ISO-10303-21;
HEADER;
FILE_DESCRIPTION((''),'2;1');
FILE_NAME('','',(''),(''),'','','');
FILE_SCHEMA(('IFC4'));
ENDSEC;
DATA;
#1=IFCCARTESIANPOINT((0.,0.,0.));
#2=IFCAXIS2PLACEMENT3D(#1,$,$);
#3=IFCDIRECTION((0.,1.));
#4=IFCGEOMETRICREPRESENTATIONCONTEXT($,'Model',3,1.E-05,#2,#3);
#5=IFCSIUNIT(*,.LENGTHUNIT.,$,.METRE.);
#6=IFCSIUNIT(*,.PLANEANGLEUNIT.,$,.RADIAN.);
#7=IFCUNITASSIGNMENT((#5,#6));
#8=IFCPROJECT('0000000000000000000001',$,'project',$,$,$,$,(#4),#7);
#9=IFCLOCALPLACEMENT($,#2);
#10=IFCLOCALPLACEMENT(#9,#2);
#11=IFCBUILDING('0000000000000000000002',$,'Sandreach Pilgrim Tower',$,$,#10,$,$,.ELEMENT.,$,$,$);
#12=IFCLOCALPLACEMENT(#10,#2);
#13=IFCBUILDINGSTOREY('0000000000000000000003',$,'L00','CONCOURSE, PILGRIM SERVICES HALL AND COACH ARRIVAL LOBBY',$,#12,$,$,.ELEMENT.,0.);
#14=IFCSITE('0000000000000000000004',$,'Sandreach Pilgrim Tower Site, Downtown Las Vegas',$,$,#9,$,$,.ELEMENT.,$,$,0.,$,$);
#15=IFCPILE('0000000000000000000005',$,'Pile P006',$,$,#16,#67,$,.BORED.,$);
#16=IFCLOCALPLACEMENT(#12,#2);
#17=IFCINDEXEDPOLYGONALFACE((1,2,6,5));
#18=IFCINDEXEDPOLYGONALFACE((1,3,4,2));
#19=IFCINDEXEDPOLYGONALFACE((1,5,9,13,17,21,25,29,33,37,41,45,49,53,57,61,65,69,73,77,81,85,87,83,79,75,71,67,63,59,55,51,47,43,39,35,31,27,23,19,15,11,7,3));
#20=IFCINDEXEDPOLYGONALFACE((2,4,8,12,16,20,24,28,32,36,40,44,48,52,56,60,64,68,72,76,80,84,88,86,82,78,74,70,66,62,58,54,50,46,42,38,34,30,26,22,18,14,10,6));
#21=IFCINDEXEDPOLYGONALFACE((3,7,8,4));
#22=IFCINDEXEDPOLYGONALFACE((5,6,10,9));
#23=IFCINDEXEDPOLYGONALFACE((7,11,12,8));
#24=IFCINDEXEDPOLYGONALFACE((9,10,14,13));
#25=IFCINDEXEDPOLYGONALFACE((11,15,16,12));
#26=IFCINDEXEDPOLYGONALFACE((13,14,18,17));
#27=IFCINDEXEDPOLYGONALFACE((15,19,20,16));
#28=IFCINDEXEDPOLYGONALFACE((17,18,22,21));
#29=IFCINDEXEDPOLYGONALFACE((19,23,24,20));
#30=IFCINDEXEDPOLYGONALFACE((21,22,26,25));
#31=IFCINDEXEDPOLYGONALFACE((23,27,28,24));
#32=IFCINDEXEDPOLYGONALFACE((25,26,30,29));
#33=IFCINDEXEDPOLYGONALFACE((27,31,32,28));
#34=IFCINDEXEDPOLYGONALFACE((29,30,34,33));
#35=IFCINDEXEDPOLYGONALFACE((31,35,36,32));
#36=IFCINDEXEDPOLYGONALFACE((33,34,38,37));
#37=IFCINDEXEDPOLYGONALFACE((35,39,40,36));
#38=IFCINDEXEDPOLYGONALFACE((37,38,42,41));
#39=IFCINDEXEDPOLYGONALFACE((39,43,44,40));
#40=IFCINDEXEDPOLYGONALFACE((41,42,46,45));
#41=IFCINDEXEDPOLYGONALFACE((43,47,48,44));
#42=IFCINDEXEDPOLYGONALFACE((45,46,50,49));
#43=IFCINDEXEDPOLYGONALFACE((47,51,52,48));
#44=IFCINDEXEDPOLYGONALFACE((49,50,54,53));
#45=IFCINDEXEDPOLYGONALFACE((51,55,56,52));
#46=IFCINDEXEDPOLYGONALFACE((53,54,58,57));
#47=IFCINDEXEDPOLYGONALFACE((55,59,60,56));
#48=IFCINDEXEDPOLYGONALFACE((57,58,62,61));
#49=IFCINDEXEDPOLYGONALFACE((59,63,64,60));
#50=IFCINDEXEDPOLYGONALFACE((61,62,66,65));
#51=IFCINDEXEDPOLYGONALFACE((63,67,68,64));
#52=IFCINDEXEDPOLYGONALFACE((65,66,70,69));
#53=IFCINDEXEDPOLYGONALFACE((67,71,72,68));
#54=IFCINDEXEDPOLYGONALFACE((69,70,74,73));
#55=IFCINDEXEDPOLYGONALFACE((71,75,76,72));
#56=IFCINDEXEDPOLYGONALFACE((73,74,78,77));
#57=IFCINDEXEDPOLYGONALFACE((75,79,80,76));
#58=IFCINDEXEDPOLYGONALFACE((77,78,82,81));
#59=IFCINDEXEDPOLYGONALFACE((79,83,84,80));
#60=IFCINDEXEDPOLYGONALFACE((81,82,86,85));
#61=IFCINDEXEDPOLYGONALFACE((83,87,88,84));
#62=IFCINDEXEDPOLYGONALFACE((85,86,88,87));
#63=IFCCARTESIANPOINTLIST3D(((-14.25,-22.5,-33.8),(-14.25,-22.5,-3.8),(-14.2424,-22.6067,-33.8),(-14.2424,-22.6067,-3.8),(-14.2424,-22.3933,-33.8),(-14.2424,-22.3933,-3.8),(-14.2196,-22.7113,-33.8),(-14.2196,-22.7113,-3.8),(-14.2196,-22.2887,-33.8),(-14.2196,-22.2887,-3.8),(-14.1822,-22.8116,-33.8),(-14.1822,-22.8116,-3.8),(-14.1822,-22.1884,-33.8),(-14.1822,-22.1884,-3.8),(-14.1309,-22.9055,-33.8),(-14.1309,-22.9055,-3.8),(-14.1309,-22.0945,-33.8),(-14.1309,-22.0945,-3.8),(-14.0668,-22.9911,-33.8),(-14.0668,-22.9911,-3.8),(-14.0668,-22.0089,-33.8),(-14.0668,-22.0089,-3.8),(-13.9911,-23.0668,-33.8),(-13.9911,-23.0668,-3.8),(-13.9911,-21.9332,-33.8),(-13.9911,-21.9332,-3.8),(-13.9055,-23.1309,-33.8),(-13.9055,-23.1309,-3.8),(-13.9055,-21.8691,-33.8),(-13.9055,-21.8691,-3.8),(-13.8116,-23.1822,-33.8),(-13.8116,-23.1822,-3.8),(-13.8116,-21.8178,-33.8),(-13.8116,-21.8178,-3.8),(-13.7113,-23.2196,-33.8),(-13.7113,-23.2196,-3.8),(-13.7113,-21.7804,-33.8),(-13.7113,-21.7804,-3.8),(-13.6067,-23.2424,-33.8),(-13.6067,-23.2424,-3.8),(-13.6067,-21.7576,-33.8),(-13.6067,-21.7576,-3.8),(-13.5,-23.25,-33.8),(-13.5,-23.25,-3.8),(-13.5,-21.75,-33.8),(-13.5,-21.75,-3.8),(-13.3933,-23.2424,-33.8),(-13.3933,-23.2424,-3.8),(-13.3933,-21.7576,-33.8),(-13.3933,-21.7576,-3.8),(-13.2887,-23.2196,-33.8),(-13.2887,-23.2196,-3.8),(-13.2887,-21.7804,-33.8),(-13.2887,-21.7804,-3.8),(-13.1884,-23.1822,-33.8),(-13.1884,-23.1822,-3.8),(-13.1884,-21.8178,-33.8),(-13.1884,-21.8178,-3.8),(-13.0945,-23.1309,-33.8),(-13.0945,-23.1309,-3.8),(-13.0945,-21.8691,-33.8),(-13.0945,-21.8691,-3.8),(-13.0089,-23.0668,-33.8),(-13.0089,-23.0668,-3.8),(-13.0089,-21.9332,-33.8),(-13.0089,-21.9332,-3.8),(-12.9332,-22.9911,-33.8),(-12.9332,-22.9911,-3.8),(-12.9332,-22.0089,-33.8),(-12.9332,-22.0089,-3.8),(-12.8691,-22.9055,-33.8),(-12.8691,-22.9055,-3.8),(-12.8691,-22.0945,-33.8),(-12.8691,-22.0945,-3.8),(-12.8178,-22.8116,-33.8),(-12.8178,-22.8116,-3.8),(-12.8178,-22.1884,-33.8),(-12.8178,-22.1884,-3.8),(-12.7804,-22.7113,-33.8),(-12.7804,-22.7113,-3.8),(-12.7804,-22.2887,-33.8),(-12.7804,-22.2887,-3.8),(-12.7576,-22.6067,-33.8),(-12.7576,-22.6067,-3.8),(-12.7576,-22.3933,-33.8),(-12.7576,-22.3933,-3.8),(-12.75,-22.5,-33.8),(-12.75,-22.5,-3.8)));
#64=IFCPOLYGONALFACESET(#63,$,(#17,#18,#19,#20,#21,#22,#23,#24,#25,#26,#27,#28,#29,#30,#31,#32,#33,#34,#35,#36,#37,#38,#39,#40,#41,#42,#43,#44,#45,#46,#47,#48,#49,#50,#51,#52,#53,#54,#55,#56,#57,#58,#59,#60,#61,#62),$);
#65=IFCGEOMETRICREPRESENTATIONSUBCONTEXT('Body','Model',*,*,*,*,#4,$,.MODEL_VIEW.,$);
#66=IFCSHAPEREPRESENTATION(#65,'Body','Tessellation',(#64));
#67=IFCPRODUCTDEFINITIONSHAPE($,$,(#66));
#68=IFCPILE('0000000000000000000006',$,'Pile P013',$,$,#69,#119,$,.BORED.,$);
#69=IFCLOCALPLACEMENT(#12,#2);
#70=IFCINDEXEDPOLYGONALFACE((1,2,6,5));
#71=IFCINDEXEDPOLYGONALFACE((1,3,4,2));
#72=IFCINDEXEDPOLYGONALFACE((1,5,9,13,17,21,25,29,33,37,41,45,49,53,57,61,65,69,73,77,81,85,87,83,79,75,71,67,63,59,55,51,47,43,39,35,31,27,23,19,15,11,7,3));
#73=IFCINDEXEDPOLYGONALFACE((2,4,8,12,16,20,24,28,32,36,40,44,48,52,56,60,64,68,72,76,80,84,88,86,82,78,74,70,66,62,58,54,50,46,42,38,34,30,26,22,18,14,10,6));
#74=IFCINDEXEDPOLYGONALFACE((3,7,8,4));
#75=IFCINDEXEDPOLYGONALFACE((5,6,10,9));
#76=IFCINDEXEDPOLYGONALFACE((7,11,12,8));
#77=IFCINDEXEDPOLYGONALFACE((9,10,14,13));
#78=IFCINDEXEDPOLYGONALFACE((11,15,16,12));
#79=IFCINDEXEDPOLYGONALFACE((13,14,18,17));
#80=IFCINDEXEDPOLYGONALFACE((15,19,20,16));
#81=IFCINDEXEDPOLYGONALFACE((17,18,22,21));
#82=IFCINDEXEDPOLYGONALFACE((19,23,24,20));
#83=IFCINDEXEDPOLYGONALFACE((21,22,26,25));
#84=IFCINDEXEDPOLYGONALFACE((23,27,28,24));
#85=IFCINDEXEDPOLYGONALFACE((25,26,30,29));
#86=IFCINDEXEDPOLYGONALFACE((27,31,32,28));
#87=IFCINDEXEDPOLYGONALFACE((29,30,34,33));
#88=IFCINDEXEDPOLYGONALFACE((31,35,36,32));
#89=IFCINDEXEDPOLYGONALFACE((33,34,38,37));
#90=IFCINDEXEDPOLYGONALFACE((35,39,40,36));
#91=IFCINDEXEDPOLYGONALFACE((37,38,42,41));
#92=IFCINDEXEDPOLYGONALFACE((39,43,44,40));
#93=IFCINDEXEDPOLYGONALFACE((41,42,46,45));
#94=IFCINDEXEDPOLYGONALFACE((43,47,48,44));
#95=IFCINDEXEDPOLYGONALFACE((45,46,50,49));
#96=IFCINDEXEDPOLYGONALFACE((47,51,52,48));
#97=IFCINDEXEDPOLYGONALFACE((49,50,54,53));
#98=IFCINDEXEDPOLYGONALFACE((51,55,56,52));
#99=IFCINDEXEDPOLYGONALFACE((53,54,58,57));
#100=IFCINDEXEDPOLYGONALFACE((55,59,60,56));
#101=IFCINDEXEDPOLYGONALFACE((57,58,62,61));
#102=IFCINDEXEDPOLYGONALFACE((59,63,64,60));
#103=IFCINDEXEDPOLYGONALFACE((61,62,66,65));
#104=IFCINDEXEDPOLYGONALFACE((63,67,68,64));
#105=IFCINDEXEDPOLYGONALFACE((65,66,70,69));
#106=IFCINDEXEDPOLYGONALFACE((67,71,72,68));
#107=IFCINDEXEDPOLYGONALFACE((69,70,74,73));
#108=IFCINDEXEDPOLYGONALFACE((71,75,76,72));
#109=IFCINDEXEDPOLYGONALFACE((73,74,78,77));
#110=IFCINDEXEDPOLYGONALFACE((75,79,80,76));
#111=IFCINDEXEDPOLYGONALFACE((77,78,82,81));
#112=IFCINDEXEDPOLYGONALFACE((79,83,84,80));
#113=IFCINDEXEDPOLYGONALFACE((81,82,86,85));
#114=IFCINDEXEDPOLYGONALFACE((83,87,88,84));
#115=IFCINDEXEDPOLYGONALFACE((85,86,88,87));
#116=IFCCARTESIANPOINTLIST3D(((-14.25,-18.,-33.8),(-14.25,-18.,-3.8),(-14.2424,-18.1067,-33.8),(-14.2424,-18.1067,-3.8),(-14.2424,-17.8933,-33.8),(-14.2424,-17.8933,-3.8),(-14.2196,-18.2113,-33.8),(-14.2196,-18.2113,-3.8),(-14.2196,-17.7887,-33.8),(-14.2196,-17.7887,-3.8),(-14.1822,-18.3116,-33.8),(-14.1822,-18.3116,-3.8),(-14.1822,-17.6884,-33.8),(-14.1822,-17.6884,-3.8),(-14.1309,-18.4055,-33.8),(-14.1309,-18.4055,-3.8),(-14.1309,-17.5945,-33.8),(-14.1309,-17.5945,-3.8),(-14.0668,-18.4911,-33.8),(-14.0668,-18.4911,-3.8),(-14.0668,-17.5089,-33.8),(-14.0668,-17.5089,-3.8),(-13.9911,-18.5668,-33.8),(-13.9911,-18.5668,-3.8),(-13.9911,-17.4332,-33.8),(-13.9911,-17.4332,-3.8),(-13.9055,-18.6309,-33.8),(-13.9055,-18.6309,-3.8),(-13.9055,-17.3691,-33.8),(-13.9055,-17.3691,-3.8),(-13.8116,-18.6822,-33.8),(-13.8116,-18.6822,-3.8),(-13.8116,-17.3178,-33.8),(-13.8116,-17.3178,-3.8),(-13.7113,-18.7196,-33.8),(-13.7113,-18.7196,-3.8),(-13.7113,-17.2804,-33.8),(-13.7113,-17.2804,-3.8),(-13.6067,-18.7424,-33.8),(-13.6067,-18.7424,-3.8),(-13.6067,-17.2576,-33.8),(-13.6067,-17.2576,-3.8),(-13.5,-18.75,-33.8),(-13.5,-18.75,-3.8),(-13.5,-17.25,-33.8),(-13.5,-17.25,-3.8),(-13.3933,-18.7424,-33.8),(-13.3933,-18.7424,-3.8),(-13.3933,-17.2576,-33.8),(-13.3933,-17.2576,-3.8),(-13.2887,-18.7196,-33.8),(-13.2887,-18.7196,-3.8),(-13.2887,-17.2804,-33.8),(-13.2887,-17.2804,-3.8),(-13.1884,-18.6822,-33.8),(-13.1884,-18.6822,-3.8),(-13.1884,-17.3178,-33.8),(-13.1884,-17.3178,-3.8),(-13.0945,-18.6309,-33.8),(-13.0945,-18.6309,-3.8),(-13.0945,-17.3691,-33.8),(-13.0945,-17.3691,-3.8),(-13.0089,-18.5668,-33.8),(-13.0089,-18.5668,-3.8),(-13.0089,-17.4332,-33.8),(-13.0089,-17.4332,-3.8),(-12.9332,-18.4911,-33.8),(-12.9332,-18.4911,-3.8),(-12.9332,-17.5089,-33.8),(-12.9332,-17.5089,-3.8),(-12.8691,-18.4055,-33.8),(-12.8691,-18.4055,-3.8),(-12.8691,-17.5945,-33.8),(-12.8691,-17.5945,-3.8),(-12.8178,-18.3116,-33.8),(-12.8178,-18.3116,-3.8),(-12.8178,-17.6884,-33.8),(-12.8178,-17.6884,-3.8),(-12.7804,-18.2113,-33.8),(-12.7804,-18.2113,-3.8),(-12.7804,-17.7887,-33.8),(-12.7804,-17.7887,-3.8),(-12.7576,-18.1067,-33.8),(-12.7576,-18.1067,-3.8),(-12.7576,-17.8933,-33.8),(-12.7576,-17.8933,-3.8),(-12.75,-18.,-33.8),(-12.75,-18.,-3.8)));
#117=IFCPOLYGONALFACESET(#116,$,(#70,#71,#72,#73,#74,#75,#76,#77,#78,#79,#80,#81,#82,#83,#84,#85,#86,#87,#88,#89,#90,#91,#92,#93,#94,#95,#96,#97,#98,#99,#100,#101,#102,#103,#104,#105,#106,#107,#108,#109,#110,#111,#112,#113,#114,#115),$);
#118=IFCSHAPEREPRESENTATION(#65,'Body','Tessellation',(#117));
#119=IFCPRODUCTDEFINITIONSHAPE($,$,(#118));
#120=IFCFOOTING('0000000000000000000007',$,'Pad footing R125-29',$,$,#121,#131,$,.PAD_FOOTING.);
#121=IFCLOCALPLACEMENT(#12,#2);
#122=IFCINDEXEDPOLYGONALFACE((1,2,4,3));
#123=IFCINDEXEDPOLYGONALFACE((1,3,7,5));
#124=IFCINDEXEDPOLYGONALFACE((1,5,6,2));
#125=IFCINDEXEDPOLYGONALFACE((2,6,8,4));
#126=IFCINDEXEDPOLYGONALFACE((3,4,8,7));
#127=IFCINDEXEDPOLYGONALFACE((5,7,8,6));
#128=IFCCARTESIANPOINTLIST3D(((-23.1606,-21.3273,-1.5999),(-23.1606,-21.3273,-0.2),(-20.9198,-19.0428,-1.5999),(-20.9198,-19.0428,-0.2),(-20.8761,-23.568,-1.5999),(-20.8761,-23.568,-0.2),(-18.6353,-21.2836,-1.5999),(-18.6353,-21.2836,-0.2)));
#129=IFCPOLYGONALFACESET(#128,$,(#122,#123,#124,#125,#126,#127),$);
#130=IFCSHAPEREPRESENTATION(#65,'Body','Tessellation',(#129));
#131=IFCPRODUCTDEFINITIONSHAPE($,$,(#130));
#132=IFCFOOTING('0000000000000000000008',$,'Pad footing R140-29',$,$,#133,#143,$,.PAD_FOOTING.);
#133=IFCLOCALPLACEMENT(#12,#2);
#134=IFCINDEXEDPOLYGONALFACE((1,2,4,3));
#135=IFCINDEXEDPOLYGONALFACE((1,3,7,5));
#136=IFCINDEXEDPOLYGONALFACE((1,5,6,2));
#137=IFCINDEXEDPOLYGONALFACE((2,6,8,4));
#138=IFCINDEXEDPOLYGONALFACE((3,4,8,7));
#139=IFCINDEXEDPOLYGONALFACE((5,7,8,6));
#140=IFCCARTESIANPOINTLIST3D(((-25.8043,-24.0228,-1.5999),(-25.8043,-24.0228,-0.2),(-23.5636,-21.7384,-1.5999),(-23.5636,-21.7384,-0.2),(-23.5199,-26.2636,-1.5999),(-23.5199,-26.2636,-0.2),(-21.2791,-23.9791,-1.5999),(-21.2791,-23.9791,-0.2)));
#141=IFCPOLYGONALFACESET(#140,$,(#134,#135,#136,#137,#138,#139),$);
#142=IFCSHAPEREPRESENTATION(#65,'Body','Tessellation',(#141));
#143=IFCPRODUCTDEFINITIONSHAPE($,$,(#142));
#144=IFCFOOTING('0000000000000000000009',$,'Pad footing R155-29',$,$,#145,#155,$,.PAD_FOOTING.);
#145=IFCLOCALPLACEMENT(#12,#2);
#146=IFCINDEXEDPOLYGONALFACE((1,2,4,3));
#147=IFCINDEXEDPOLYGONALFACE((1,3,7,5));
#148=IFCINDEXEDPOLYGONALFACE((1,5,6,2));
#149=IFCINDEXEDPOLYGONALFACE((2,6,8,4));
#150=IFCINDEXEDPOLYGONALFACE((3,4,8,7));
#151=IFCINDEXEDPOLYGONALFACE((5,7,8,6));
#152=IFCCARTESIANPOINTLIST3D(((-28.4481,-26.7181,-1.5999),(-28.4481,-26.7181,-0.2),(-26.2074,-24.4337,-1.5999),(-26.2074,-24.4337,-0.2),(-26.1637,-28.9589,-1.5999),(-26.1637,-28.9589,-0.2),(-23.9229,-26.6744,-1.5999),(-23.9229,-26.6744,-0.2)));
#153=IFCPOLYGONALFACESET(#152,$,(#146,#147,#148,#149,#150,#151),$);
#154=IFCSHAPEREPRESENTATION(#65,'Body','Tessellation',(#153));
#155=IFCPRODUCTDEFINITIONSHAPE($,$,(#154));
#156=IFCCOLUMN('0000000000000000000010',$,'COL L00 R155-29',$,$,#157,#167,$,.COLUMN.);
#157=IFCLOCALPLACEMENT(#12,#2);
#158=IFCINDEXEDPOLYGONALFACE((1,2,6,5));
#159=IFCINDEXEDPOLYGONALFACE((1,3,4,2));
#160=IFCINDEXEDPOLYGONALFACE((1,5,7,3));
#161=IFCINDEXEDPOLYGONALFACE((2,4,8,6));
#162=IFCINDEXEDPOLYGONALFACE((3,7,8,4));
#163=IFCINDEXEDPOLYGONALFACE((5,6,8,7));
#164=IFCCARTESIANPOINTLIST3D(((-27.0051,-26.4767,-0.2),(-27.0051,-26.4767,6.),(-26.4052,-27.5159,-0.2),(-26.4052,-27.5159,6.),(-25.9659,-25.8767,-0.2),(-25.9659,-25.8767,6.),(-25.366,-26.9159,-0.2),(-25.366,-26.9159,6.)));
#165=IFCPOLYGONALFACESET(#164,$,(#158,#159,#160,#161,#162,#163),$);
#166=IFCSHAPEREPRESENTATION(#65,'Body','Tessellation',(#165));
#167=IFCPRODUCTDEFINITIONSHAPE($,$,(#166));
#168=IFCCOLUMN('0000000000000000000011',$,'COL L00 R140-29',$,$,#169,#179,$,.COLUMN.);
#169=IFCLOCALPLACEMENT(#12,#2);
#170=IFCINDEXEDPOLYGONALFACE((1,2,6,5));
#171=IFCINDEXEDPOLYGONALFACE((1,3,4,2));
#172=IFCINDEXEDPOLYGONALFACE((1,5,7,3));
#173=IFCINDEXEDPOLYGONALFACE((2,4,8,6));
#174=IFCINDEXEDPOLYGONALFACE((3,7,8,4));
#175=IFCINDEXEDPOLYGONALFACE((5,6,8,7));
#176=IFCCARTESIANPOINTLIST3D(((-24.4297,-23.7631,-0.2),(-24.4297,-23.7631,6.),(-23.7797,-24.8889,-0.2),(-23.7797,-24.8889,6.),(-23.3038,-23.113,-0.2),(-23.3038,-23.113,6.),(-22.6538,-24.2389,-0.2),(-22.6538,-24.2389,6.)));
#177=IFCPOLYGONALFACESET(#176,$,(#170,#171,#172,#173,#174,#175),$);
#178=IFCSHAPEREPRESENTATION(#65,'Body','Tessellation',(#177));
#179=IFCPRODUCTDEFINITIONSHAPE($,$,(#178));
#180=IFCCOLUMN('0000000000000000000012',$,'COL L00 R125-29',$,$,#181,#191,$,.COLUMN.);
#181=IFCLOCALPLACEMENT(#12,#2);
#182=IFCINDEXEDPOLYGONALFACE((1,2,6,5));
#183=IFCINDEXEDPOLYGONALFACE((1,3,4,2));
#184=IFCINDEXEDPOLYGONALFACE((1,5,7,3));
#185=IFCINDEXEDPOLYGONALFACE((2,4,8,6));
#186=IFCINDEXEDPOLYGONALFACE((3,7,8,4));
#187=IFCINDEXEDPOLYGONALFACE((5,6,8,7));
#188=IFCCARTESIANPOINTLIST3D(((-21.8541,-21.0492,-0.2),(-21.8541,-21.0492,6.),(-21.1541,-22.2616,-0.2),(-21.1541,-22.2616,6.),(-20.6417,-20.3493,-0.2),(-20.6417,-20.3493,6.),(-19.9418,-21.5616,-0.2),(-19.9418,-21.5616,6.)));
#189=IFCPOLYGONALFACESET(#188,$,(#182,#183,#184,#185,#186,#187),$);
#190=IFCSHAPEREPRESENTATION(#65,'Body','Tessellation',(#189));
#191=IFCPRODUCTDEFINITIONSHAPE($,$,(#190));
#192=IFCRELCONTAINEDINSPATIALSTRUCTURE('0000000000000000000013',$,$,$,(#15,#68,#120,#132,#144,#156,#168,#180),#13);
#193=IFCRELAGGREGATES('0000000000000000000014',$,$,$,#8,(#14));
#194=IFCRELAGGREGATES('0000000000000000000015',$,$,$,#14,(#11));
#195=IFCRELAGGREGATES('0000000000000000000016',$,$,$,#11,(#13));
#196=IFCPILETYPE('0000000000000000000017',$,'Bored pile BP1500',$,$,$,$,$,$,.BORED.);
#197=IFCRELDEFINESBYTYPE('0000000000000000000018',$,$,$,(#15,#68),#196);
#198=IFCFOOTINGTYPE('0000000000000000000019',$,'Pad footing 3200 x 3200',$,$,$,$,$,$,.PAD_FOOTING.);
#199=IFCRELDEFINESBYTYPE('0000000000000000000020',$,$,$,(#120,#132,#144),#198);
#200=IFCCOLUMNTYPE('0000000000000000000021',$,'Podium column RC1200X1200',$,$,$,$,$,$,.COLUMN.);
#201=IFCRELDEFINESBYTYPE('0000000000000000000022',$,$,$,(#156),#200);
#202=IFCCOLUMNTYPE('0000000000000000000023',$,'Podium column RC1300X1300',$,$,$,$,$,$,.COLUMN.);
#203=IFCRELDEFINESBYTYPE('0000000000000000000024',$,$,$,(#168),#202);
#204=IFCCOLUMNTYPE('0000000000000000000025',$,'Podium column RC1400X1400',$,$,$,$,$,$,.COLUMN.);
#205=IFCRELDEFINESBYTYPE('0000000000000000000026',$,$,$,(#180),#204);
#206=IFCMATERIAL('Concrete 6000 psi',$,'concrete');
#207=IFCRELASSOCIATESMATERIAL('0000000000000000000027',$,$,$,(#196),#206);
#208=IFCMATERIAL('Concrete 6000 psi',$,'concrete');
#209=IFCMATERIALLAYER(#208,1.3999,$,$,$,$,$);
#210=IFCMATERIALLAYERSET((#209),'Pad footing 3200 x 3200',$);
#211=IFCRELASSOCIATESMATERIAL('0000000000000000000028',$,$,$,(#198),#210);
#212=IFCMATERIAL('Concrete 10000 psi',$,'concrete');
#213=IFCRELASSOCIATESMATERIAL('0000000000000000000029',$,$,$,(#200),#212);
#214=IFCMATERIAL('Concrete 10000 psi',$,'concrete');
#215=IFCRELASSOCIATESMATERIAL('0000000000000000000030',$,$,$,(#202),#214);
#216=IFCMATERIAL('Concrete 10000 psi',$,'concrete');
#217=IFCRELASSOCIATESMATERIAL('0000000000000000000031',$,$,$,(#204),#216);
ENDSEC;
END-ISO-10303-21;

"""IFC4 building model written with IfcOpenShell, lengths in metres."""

from ifc_helpers import new_model, si_unit, direction, frame, origin, origin_2d, place, context, subcontext, project, spatial, rectangle, circle, extrude, material, layer, layer_set, material_profile, profile_set, type_object, element, save


model = new_model("IFC4")

# Units and contexts
model_context = context("Model", 3, precision=1e-05, world=origin(), true_north=direction((0.0, 1.0)))
body_context = subcontext(model_context, "Body", "Model", "MODEL_VIEW")
ifc_project = project(units=[si_unit("LENGTHUNIT", "METRE"), si_unit("PLANEANGLEUNIT", "RADIAN")], contexts=[model_context])

# Site, building, storey
site_placement = place(None, origin())
site = spatial("IfcSite", under=ifc_project, at=site_placement, Name="Sandreach Pilgrim Tower Site, Downtown Las Vegas", CompositionType="ELEMENT", RefElevation=0.0)
building_placement = place(site_placement, origin())
building = spatial("IfcBuilding", under=site, at=building_placement, Name="Sandreach Pilgrim Tower", CompositionType="ELEMENT")
storey_placement = place(building_placement, origin())
storey = spatial("IfcBuildingStorey", under=building, at=storey_placement, Name="L00", Description="CONCOURSE, PILGRIM SERVICES HALL AND COACH ARRIVAL LOBBY", CompositionType="ELEMENT", Elevation=0.0)

# Piles
ifc_material_1 = material(Name="Concrete 6000 psi", Category="concrete")
ifc_material_profile_1 = material_profile(ifc_material_1, circle(Radius=0.75, at=origin_2d()), Name="BP1500")
ifc_profile_set_1 = profile_set([ifc_material_profile_1], Name="Concrete 6000 psi")
pile_type = type_object("IfcPileType", Name="Bored pile BP1500", PredefinedType="BORED", material=ifc_profile_set_1)
for number, where, z_axis, x_axis, name in (
    (1, (-13.5, -22.5, -3.8), (0.0, 0.0, -1.0), (1.0, 0.0, 0.0), "Pile P006"),
    (2, (-13.5, -18.0, -3.8), (0.0, 0.0, -1.0), (1.0, 0.0, 0.0), "Pile P013"),
):
    element("IfcPile", number, at=place(storey_placement, frame(where, z_axis=z_axis, x_axis=x_axis)), inside=storey, type_object=pile_type, Name=name, PredefinedType="BORED", context=body_context, shape_type="SweptSolid", body=[
        extrude(circle(Radius=0.75, at=origin_2d()), origin(), (0.0, 0.0, 1.0), 30.0),
    ])

# Footings
ifc_material_2 = material(Name="Concrete 6000 psi", Category="concrete")
ifc_layer_1 = layer(ifc_material_2, 1.3999)
ifc_layer_set_1 = layer_set([ifc_layer_1], Name="Pad footing 3200 x 3200")
footing_type = type_object("IfcFootingType", Name="Pad footing 3200 x 3200", PredefinedType="PAD_FOOTING", material=ifc_layer_set_1)
for number, where, z_axis, x_axis, name in (
    (3, (-20.8979, -21.3054, -1.5999), (0.0, 0.0, 1.0), (-0.700245, -0.713902, 0.0), "Pad footing R125-29"),
    (4, (-23.5417, -24.001, -1.5999), (0.0, 0.0, 1.0), (-0.700245, -0.713902, 0.0), "Pad footing R140-29"),
    (5, (-26.1855, -26.6963, -1.5999), (0.0, 0.0, 1.0), (-0.700245, -0.713902, 0.0), "Pad footing R155-29"),
):
    element("IfcFooting", number, at=place(storey_placement, frame(where, z_axis=z_axis, x_axis=x_axis)), inside=storey, type_object=footing_type, Name=name, PredefinedType="PAD_FOOTING", context=body_context, shape_type="SweptSolid", body=[
        extrude(rectangle(XDim=3.2, YDim=3.2, at=origin_2d()), origin(), (0.0, 0.0, 1.0), 1.3999),
    ])

# Columns
ifc_material_3 = material(Name="Concrete 10000 psi", Category="concrete")
ifc_material_profile_2 = material_profile(ifc_material_3, rectangle(XDim=1.2, YDim=1.2, at=origin_2d()), Name="RC1200X1200")
ifc_profile_set_2 = profile_set([ifc_material_profile_2], Name="Concrete 10000 psi")
column_type_1 = type_object("IfcColumnType", Name="Podium column RC1200X1200", PredefinedType="COLUMN", material=ifc_profile_set_2)
column_1_placement = place(storey_placement, frame((-26.1855, -26.6963, -0.2), z_axis=(0.0, 0.0, 1.0), x_axis=(-0.866025, -0.5, 0.0)))
element("IfcColumn", 6, at=column_1_placement, inside=storey, type_object=column_type_1, Name="COL L00 R155-29", PredefinedType="COLUMN", context=body_context, shape_type="SweptSolid", body=[
    extrude(rectangle(XDim=1.2, YDim=1.2, at=origin_2d()), origin(), (0.0, 0.0, 1.0), 6.2),
])
ifc_material_4 = material(Name="Concrete 10000 psi", Category="concrete")
ifc_material_profile_3 = material_profile(ifc_material_4, rectangle(XDim=1.3, YDim=1.3, at=origin_2d()), Name="RC1300X1300")
ifc_profile_set_3 = profile_set([ifc_material_profile_3], Name="Concrete 10000 psi")
column_type_2 = type_object("IfcColumnType", Name="Podium column RC1300X1300", PredefinedType="COLUMN", material=ifc_profile_set_3)
column_2_placement = place(storey_placement, frame((-23.5417, -24.001, -0.2), z_axis=(0.0, 0.0, 1.0), x_axis=(-0.866025, -0.5, 0.0)))
element("IfcColumn", 7, at=column_2_placement, inside=storey, type_object=column_type_2, Name="COL L00 R140-29", PredefinedType="COLUMN", context=body_context, shape_type="SweptSolid", body=[
    extrude(rectangle(XDim=1.3, YDim=1.3, at=origin_2d()), origin(), (0.0, 0.0, 1.0), 6.2),
])
ifc_material_5 = material(Name="Concrete 10000 psi", Category="concrete")
ifc_material_profile_4 = material_profile(ifc_material_5, rectangle(XDim=1.3999, YDim=1.3999, at=origin_2d()), Name="RC1400X1400")
ifc_profile_set_4 = profile_set([ifc_material_profile_4], Name="Concrete 10000 psi")
column_type_3 = type_object("IfcColumnType", Name="Podium column RC1400X1400", PredefinedType="COLUMN", material=ifc_profile_set_4)
column_3_placement = place(storey_placement, frame((-20.8979, -21.3054, -0.2), z_axis=(0.0, 0.0, 1.0), x_axis=(-0.866025, -0.5, 0.0)))
element("IfcColumn", 8, at=column_3_placement, inside=storey, type_object=column_type_3, Name="COL L00 R125-29", PredefinedType="COLUMN", context=body_context, shape_type="SweptSolid", body=[
    extrude(rectangle(XDim=1.3999, YDim=1.3999, at=origin_2d()), origin(), (0.0, 0.0, 1.0), 6.2),
])

save(model, "model.ifc")
